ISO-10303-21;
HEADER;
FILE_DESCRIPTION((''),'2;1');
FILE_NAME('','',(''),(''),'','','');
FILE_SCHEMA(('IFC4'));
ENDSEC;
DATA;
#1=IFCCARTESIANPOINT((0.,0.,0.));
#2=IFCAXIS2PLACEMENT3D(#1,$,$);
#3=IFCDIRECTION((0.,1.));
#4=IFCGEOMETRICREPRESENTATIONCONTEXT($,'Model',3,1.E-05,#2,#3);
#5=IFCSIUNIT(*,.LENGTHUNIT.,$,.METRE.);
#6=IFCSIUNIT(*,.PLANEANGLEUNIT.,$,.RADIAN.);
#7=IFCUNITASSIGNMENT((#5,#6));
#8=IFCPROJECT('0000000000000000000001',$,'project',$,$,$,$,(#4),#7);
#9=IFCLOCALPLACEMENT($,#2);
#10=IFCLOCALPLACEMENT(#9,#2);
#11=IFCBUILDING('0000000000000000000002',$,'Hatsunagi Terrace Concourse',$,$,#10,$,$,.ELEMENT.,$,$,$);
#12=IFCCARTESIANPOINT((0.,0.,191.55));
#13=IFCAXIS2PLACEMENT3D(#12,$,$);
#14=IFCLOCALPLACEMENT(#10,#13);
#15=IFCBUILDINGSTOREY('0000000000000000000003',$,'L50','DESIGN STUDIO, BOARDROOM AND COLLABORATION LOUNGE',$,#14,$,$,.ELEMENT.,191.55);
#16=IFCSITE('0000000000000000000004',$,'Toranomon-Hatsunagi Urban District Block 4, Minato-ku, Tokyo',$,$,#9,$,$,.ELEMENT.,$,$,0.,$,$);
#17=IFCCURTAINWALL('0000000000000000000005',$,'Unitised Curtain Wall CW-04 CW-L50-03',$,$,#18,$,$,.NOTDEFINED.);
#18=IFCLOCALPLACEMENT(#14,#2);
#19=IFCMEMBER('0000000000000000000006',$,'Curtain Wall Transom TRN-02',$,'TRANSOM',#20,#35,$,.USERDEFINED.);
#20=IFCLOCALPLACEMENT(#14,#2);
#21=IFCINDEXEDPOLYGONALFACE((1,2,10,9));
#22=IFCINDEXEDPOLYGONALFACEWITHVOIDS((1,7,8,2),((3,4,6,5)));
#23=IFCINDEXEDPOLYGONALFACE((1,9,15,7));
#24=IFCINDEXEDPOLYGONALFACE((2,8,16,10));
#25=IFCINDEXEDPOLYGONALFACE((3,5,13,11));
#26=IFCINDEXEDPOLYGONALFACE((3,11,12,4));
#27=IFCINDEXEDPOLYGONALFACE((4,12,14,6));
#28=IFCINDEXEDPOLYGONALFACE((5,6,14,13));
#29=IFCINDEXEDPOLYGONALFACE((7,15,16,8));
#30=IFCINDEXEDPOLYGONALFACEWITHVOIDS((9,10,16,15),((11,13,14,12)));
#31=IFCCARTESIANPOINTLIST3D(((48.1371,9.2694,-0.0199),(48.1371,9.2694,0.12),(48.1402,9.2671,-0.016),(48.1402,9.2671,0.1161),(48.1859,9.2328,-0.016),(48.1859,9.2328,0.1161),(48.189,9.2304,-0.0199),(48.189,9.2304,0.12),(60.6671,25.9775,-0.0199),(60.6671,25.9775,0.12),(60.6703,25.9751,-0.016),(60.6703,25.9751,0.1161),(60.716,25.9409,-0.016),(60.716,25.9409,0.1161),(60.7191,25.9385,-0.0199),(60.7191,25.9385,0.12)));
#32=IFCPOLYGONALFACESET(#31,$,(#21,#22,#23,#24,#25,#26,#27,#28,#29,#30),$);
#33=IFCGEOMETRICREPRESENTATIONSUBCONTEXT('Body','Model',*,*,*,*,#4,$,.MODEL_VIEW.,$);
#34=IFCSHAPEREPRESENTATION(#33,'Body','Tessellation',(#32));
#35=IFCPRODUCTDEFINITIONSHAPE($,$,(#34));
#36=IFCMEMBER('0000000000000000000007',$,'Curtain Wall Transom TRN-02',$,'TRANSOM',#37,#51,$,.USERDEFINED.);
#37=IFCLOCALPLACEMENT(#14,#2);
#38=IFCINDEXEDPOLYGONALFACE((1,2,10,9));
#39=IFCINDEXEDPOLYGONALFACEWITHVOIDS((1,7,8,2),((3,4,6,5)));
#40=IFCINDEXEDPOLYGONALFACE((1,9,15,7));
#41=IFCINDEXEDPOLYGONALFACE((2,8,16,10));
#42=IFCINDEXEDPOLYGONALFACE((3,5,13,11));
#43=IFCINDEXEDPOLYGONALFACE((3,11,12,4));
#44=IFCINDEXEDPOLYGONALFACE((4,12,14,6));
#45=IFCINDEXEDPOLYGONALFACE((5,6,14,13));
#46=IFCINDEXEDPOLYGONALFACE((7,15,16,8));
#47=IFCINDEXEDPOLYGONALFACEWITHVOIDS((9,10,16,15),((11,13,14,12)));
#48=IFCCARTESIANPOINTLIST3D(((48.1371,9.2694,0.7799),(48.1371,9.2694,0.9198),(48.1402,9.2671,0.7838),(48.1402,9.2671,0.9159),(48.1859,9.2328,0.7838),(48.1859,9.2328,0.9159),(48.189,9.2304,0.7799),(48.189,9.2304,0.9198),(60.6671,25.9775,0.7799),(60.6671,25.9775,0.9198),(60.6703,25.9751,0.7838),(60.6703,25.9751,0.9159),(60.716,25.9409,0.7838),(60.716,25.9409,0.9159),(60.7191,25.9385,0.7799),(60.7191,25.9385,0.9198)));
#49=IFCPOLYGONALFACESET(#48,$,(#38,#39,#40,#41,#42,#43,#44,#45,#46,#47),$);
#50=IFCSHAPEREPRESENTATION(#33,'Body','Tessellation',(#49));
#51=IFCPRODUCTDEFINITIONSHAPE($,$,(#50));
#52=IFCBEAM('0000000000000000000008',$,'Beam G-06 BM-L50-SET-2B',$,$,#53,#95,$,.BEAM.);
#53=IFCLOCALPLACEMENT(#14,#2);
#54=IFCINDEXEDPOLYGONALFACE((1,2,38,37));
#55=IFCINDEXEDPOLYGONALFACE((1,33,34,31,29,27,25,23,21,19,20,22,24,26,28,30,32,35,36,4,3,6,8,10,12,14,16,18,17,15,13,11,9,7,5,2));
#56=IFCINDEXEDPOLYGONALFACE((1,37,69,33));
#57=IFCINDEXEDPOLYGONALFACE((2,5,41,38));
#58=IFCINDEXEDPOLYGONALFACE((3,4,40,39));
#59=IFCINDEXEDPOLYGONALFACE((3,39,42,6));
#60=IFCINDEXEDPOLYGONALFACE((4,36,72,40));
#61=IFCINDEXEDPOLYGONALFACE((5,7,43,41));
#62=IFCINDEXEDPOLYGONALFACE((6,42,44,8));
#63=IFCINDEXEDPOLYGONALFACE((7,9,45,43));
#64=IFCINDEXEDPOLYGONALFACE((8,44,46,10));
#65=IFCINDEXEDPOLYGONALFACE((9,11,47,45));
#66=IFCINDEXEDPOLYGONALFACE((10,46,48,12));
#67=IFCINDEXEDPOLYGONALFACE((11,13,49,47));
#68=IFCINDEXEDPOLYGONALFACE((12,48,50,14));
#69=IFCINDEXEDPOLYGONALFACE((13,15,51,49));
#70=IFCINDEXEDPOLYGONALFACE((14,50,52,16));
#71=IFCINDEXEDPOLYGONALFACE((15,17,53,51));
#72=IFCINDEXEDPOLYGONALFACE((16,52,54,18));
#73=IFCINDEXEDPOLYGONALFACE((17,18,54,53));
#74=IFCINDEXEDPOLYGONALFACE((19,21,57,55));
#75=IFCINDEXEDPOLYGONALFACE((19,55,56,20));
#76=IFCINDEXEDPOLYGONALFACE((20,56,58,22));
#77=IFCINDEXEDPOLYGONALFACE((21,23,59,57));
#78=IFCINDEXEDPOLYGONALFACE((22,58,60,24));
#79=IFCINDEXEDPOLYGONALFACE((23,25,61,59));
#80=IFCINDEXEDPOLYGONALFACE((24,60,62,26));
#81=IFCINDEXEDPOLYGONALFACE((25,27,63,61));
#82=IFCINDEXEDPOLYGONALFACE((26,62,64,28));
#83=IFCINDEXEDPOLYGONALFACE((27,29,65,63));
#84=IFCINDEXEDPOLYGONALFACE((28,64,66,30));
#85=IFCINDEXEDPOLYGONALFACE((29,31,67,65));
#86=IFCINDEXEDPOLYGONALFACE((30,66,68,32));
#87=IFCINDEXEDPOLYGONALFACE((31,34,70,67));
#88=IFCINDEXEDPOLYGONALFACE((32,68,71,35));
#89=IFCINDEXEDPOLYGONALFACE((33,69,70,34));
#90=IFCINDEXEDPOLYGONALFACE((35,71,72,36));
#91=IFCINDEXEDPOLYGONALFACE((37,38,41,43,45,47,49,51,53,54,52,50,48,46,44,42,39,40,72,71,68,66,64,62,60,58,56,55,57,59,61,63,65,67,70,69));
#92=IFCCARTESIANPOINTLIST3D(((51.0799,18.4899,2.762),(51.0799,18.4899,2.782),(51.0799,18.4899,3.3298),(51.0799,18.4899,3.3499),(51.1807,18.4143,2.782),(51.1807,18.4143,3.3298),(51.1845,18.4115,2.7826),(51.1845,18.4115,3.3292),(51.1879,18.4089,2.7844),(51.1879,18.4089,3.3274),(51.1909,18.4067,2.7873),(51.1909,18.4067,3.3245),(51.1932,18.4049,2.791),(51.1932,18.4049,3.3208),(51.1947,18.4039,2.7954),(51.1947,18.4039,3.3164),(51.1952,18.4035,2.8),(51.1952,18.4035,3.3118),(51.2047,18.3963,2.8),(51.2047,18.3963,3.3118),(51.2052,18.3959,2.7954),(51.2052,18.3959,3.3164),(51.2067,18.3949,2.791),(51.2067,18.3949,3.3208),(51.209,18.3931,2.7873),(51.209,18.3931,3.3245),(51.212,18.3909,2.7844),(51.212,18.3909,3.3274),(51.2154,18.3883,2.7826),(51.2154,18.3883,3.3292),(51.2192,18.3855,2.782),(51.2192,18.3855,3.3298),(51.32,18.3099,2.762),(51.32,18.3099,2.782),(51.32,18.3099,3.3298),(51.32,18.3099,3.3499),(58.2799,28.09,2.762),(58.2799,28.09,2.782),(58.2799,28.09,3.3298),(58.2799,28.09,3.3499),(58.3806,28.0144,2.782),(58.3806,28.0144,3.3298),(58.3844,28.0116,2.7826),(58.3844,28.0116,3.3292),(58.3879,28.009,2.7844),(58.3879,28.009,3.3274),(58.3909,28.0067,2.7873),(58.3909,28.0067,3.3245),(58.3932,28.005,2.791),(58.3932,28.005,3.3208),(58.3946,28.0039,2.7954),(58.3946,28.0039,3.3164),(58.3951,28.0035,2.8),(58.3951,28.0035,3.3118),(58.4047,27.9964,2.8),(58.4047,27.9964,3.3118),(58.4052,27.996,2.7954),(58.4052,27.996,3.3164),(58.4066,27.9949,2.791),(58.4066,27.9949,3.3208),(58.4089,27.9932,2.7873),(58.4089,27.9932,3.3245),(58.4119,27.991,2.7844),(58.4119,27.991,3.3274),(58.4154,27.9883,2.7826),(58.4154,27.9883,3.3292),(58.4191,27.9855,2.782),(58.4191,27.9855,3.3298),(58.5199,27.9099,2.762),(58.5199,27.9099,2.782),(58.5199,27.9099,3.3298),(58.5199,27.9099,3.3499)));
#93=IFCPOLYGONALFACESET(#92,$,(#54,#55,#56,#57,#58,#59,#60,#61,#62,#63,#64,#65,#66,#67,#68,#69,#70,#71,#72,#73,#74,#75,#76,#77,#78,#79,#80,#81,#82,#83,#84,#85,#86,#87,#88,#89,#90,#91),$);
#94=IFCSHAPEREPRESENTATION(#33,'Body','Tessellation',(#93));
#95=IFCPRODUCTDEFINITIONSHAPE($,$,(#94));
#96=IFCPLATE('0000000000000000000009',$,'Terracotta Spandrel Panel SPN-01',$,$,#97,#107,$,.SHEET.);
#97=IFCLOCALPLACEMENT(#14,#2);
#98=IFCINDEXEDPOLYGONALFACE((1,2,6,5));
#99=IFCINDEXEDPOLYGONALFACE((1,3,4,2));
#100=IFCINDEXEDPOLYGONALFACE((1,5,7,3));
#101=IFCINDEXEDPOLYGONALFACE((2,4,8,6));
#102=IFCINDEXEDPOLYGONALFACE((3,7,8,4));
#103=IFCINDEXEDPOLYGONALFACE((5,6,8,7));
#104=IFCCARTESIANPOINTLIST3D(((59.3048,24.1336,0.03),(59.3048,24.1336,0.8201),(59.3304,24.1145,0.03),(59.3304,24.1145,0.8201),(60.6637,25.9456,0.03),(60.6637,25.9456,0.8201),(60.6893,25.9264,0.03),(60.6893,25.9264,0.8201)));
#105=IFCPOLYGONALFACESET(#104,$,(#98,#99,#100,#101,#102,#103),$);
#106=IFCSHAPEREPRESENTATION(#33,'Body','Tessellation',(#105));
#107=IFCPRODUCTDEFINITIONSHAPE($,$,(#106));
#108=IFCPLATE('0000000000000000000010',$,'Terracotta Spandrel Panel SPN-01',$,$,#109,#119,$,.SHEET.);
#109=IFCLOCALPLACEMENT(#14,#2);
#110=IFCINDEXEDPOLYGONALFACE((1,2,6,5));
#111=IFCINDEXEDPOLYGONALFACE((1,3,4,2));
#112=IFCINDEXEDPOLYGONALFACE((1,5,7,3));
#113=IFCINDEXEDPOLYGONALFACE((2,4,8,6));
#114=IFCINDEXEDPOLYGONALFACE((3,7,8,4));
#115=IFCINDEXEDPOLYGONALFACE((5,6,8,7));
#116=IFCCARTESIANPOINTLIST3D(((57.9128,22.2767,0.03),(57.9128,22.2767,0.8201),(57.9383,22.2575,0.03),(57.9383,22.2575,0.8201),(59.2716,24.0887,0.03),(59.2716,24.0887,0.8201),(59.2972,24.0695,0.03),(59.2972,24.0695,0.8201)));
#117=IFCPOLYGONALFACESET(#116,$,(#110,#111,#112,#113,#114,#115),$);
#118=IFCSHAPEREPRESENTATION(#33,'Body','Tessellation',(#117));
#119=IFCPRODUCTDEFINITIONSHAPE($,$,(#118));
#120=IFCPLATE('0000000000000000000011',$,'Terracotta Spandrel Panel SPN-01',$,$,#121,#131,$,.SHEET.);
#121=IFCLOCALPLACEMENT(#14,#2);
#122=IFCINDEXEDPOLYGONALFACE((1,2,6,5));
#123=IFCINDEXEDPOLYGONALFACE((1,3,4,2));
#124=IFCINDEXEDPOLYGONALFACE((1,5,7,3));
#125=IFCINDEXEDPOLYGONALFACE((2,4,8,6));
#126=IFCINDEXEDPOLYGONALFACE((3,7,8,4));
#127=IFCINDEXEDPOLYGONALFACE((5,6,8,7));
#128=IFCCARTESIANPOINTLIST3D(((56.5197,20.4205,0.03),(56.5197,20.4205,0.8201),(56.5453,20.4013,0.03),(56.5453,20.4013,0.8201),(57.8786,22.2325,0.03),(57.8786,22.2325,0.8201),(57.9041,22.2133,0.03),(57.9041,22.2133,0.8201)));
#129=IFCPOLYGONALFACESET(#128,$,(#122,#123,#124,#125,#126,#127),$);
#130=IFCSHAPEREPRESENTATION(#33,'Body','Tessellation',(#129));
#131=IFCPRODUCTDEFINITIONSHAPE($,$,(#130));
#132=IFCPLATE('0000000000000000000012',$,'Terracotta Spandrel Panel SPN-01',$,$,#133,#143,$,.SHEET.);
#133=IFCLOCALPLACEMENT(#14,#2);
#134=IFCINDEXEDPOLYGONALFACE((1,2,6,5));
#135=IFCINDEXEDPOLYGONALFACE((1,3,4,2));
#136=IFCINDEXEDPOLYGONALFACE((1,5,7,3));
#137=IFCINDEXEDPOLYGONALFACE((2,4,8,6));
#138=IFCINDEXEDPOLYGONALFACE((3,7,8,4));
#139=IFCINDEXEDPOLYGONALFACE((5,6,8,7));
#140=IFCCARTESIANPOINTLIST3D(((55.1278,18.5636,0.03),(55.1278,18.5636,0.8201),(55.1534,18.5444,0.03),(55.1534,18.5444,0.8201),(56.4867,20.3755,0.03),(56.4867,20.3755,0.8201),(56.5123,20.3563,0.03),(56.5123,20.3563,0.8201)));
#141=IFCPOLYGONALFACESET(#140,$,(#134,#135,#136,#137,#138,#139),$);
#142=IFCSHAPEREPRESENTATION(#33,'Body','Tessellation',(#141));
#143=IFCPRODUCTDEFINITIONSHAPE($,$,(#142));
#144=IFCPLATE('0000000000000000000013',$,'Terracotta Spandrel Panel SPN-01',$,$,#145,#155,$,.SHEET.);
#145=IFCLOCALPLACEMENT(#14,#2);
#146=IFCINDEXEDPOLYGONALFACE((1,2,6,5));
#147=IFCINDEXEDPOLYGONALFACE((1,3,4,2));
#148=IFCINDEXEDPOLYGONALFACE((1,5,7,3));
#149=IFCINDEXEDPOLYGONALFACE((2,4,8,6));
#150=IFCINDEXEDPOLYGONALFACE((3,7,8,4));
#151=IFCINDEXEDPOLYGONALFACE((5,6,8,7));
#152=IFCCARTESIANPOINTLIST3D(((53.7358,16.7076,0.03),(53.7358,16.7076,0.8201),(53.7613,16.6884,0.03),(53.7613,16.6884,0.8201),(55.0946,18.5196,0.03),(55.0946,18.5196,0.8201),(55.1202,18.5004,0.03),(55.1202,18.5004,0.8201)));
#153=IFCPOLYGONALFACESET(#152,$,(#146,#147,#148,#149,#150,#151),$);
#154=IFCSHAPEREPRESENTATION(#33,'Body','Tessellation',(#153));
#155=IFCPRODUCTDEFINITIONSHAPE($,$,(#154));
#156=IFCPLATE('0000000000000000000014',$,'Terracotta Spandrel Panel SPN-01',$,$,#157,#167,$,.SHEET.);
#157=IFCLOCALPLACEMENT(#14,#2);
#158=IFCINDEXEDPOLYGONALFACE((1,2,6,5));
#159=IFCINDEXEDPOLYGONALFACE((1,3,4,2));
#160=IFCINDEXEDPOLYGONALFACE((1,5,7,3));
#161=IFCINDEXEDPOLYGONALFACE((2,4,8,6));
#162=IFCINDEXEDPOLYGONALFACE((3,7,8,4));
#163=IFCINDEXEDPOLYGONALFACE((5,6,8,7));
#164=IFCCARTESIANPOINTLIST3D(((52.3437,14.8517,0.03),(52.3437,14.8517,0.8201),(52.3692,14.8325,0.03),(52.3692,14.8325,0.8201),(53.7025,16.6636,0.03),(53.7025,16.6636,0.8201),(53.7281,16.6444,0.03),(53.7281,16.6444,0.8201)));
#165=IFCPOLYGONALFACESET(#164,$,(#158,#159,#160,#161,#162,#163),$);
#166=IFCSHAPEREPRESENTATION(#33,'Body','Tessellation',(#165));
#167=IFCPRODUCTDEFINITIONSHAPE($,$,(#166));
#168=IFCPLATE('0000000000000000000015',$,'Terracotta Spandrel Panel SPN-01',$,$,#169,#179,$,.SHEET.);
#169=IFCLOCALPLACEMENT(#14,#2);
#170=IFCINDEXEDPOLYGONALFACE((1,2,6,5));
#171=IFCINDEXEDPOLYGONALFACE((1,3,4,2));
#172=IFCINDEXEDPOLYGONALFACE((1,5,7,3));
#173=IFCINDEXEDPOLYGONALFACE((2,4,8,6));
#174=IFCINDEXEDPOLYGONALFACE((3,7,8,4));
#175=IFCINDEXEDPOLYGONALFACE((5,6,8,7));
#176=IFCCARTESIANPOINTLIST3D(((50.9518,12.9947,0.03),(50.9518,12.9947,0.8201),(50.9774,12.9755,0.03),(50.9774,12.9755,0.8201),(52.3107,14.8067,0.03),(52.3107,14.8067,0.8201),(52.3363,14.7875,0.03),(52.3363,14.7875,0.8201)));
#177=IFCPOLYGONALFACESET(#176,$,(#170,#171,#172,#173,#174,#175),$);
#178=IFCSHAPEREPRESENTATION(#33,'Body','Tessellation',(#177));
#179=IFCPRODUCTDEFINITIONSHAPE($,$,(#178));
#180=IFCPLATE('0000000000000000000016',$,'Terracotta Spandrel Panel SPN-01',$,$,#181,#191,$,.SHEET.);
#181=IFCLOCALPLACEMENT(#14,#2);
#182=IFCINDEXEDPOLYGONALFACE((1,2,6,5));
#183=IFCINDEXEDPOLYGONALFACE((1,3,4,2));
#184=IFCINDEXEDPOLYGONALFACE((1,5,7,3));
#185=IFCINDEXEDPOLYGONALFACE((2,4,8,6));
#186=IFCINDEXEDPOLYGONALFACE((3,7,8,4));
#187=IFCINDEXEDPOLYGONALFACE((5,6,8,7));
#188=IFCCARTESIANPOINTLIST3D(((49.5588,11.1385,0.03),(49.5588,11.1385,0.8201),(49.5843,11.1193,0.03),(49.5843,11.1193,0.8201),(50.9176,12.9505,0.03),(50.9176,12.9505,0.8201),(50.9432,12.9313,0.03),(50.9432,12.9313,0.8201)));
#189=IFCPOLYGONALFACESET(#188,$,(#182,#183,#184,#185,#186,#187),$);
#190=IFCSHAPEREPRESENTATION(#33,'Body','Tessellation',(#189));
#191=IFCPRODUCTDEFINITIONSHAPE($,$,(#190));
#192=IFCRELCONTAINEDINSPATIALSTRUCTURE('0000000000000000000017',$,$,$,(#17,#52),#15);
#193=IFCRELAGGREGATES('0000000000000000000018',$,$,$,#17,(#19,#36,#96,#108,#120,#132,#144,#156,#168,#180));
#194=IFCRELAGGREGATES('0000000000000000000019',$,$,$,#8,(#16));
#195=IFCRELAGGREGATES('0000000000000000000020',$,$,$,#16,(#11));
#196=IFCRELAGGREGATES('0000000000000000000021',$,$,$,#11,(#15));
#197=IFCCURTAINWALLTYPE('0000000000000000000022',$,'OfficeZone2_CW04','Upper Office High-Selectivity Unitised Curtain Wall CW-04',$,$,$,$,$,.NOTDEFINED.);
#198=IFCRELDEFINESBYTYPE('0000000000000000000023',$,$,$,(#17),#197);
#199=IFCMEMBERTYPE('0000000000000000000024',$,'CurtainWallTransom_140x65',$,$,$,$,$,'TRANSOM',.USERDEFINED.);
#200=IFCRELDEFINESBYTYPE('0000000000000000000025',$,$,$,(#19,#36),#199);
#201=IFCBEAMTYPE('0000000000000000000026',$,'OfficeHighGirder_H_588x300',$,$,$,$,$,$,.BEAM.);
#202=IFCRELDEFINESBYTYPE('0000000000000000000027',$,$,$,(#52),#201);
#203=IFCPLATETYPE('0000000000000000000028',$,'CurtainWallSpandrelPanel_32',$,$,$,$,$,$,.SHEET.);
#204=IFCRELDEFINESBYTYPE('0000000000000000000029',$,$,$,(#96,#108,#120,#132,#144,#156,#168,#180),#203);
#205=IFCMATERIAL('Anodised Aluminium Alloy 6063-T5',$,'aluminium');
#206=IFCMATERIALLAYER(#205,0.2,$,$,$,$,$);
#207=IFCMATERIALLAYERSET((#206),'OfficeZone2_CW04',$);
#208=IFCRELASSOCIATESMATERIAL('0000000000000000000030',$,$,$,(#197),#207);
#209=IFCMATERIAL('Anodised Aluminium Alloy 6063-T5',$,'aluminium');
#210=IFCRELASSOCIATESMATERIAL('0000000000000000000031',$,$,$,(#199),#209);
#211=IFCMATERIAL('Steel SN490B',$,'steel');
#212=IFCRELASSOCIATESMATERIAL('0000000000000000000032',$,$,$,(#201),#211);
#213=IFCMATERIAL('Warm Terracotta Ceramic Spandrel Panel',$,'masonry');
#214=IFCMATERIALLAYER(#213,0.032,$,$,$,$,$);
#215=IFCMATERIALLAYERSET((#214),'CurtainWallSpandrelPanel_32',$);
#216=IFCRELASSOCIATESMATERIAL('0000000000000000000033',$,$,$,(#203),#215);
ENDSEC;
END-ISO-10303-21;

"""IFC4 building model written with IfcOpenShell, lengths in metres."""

from ifc_helpers import new_model, si_unit, direction, frame, origin, origin_2d, place, context, subcontext, project, spatial, rectangle, hollow_rectangle, i_section, extrude, material, layer, layer_set, material_profile, profile_set, type_object, element, aggregate, save


model = new_model("IFC4")

# Units and contexts
model_context = context("Model", 3, precision=1e-05, world=origin(), true_north=direction((0.0, 1.0)))
body_context = subcontext(model_context, "Body", "Model", "MODEL_VIEW")
ifc_project = project(units=[si_unit("LENGTHUNIT", "METRE"), si_unit("PLANEANGLEUNIT", "RADIAN")], contexts=[model_context])

# Site, building, storey
site_placement = place(None, origin())
site = spatial("IfcSite", under=ifc_project, at=site_placement, Name="Toranomon-Hatsunagi Urban District Block 4, Minato-ku, Tokyo", CompositionType="ELEMENT", RefElevation=0.0)
building_placement = place(site_placement, origin())
building = spatial("IfcBuilding", under=site, at=building_placement, Name="Hatsunagi Terrace Concourse", CompositionType="ELEMENT")
storey_placement = place(building_placement, frame((0.0, 0.0, 191.55)))
storey = spatial("IfcBuildingStorey", under=building, at=storey_placement, Name="L50", Description="DESIGN STUDIO, BOARDROOM AND COLLABORATION LOUNGE", CompositionType="ELEMENT", Elevation=191.55)

# Curtain wall, members
ifc_material_1 = material(Name="Anodised Aluminium Alloy 6063-T5", Category="aluminium")
ifc_layer_1 = layer(ifc_material_1, 0.2)
ifc_layer_set_1 = layer_set([ifc_layer_1], Name="OfficeZone2_CW04")
curtain_wall_type = type_object("IfcCurtainWallType", Name="OfficeZone2_CW04", Description="Upper Office High-Selectivity Unitised Curtain Wall CW-04", PredefinedType="NOTDEFINED", material=ifc_layer_set_1)
curtain_wall_placement = place(storey_placement, origin())
curtain_wall = element("IfcCurtainWall", 1, at=curtain_wall_placement, inside=storey, type_object=curtain_wall_type, Name="Unitised Curtain Wall CW-04 CW-L50-03", PredefinedType="NOTDEFINED")
ifc_material_2 = material(Name="Anodised Aluminium Alloy 6063-T5", Category="aluminium")
ifc_material_profile_1 = material_profile(ifc_material_2, hollow_rectangle(XDim=0.0649, YDim=0.1399, WallThickness=0.0039, at=origin_2d()), Name="ALU-TRN-140x65x4")
ifc_profile_set_1 = profile_set([ifc_material_profile_1], Name="Anodised Aluminium Alloy 6063-T5")
member_type_1 = type_object("IfcMemberType", Name="CurtainWallTransom_140x65", ElementType="TRANSOM", PredefinedType="USERDEFINED", material=ifc_profile_set_1)
member_1_placement = place(storey_placement, frame((60.6931, 25.958, 0.05), z_axis=(-0.59997, -0.800022, 0.0), x_axis=(0.800022, -0.59997, 0.0)))
member_1 = element("IfcMember", 2, at=member_1_placement, type_object=member_type_1, Name="Curtain Wall Transom TRN-02", ObjectType="TRANSOM", PredefinedType="USERDEFINED", context=body_context, shape_type="SweptSolid", body=[
    extrude(hollow_rectangle(XDim=0.0649, YDim=0.1399, WallThickness=0.0039, at=origin_2d()), origin(), (0.0, 0.0, 1.0), 20.8845),
])
member_2_placement = place(storey_placement, frame((60.6931, 25.958, 0.8499), z_axis=(-0.59997, -0.800022, 0.0), x_axis=(0.800022, -0.59997, 0.0)))
member_2 = element("IfcMember", 3, at=member_2_placement, type_object=member_type_1, Name="Curtain Wall Transom TRN-02", ObjectType="TRANSOM", PredefinedType="USERDEFINED", context=body_context, shape_type="SweptSolid", body=[
    extrude(hollow_rectangle(XDim=0.0649, YDim=0.1399, WallThickness=0.0039, at=origin_2d()), origin(), (0.0, 0.0, 1.0), 20.8845),
])

# Beam
ifc_material_3 = material(Name="Steel SN490B", Category="steel")
ifc_material_profile_2 = material_profile(ifc_material_3, i_section(OverallWidth=0.3, OverallDepth=0.5879, WebThickness=0.012, FlangeThickness=0.02, FilletRadius=0.0181, at=origin_2d()), Name="H-588x300x12x20")
ifc_profile_set_2 = profile_set([ifc_material_profile_2], Name="Steel SN490B")
beam_type = type_object("IfcBeamType", Name="OfficeHighGirder_H_588x300", PredefinedType="BEAM", material=ifc_profile_set_2)
beam_placement = place(storey_placement, frame((51.2, 18.3999, 3.0559), z_axis=(0.599993, 0.800005, 0.0), x_axis=(-0.800005, 0.599993, 0.0)))
element("IfcBeam", 4, at=beam_placement, inside=storey, type_object=beam_type, Name="Beam G-06 BM-L50-SET-2B", PredefinedType="BEAM", context=body_context, shape_type="SweptSolid", body=[
    extrude(i_section(OverallWidth=0.3, OverallDepth=0.5879, WebThickness=0.012, FlangeThickness=0.02, FilletRadius=0.0181, at=origin_2d()), origin(), (0.0, 0.0, 1.0), 12.0),
])

# Plates
ifc_material_4 = material(Name="Warm Terracotta Ceramic Spandrel Panel", Category="masonry")
ifc_layer_2 = layer(ifc_material_4, 0.032)
ifc_layer_set_2 = layer_set([ifc_layer_2], Name="CurtainWallSpandrelPanel_32")
plate_type_1 = type_object("IfcPlateType", Name="CurtainWallSpandrelPanel_32", PredefinedType="SHEET", material=ifc_layer_set_2)
plate_1_placement = place(storey_placement, frame((59.9971, 25.03, 0.03), z_axis=(0.0, 0.0, 1.0), x_axis=(-0.599969, -0.800023, 0.0)))
plate_1 = element("IfcPlate", 5, at=plate_1_placement, type_object=plate_type_1, Name="Terracotta Spandrel Panel SPN-01", PredefinedType="SHEET", context=body_context, shape_type="SweptSolid", body=[
    extrude(rectangle(XDim=2.2649, YDim=0.032, at=origin_2d()), origin(), (0.0, 0.0, 1.0), 0.79),
])
plate_2_placement = place(storey_placement, frame((58.605, 23.1731, 0.03), z_axis=(0.0, 0.0, 1.0), x_axis=(-0.599969, -0.800023, 0.0)))
plate_2 = element("IfcPlate", 6, at=plate_2_placement, type_object=plate_type_1, Name="Terracotta Spandrel Panel SPN-01", PredefinedType="SHEET", context=body_context, shape_type="SweptSolid", body=[
    extrude(rectangle(XDim=2.2649, YDim=0.032, at=origin_2d()), origin(), (0.0, 0.0, 1.0), 0.79),
])
plate_3_placement = place(storey_placement, frame((57.2119, 21.3169, 0.03), z_axis=(0.0, 0.0, 1.0), x_axis=(-0.599969, -0.800023, 0.0)))
plate_3 = element("IfcPlate", 7, at=plate_3_placement, type_object=plate_type_1, Name="Terracotta Spandrel Panel SPN-01", PredefinedType="SHEET", context=body_context, shape_type="SweptSolid", body=[
    extrude(rectangle(XDim=2.2649, YDim=0.032, at=origin_2d()), origin(), (0.0, 0.0, 1.0), 0.79),
])
plate_4_placement = place(storey_placement, frame((55.8201, 19.46, 0.03), z_axis=(0.0, 0.0, 1.0), x_axis=(-0.599969, -0.800023, 0.0)))
plate_4 = element("IfcPlate", 8, at=plate_4_placement, type_object=plate_type_1, Name="Terracotta Spandrel Panel SPN-01", PredefinedType="SHEET", context=body_context, shape_type="SweptSolid", body=[
    extrude(rectangle(XDim=2.2649, YDim=0.032, at=origin_2d()), origin(), (0.0, 0.0, 1.0), 0.79),
])
plate_5_placement = place(storey_placement, frame((54.428, 17.604, 0.03), z_axis=(0.0, 0.0, 1.0), x_axis=(-0.599969, -0.800023, 0.0)))
plate_5 = element("IfcPlate", 9, at=plate_5_placement, type_object=plate_type_1, Name="Terracotta Spandrel Panel SPN-01", PredefinedType="SHEET", context=body_context, shape_type="SweptSolid", body=[
    extrude(rectangle(XDim=2.2649, YDim=0.032, at=origin_2d()), origin(), (0.0, 0.0, 1.0), 0.79),
])
plate_6_placement = place(storey_placement, frame((53.0359, 15.748, 0.03), z_axis=(0.0, 0.0, 1.0), x_axis=(-0.599969, -0.800023, 0.0)))
plate_6 = element("IfcPlate", 10, at=plate_6_placement, type_object=plate_type_1, Name="Terracotta Spandrel Panel SPN-01", PredefinedType="SHEET", context=body_context, shape_type="SweptSolid", body=[
    extrude(rectangle(XDim=2.2649, YDim=0.032, at=origin_2d()), origin(), (0.0, 0.0, 1.0), 0.79),
])
plate_7_placement = place(storey_placement, frame((51.644, 13.8911, 0.03), z_axis=(0.0, 0.0, 1.0), x_axis=(-0.599969, -0.800023, 0.0)))
plate_7 = element("IfcPlate", 11, at=plate_7_placement, type_object=plate_type_1, Name="Terracotta Spandrel Panel SPN-01", PredefinedType="SHEET", context=body_context, shape_type="SweptSolid", body=[
    extrude(rectangle(XDim=2.2649, YDim=0.032, at=origin_2d()), origin(), (0.0, 0.0, 1.0), 0.79),
])
plate_8_placement = place(storey_placement, frame((50.251, 12.0349, 0.03), z_axis=(0.0, 0.0, 1.0), x_axis=(-0.599969, -0.800023, 0.0)))
plate_8 = element("IfcPlate", 12, at=plate_8_placement, type_object=plate_type_1, Name="Terracotta Spandrel Panel SPN-01", PredefinedType="SHEET", context=body_context, shape_type="SweptSolid", body=[
    extrude(rectangle(XDim=2.2649, YDim=0.032, at=origin_2d()), origin(), (0.0, 0.0, 1.0), 0.79),
])
aggregate(curtain_wall, [member_1, member_2, plate_1, plate_2, plate_3, plate_4, plate_5, plate_6, plate_7, plate_8])

save(model, "model.ifc")
